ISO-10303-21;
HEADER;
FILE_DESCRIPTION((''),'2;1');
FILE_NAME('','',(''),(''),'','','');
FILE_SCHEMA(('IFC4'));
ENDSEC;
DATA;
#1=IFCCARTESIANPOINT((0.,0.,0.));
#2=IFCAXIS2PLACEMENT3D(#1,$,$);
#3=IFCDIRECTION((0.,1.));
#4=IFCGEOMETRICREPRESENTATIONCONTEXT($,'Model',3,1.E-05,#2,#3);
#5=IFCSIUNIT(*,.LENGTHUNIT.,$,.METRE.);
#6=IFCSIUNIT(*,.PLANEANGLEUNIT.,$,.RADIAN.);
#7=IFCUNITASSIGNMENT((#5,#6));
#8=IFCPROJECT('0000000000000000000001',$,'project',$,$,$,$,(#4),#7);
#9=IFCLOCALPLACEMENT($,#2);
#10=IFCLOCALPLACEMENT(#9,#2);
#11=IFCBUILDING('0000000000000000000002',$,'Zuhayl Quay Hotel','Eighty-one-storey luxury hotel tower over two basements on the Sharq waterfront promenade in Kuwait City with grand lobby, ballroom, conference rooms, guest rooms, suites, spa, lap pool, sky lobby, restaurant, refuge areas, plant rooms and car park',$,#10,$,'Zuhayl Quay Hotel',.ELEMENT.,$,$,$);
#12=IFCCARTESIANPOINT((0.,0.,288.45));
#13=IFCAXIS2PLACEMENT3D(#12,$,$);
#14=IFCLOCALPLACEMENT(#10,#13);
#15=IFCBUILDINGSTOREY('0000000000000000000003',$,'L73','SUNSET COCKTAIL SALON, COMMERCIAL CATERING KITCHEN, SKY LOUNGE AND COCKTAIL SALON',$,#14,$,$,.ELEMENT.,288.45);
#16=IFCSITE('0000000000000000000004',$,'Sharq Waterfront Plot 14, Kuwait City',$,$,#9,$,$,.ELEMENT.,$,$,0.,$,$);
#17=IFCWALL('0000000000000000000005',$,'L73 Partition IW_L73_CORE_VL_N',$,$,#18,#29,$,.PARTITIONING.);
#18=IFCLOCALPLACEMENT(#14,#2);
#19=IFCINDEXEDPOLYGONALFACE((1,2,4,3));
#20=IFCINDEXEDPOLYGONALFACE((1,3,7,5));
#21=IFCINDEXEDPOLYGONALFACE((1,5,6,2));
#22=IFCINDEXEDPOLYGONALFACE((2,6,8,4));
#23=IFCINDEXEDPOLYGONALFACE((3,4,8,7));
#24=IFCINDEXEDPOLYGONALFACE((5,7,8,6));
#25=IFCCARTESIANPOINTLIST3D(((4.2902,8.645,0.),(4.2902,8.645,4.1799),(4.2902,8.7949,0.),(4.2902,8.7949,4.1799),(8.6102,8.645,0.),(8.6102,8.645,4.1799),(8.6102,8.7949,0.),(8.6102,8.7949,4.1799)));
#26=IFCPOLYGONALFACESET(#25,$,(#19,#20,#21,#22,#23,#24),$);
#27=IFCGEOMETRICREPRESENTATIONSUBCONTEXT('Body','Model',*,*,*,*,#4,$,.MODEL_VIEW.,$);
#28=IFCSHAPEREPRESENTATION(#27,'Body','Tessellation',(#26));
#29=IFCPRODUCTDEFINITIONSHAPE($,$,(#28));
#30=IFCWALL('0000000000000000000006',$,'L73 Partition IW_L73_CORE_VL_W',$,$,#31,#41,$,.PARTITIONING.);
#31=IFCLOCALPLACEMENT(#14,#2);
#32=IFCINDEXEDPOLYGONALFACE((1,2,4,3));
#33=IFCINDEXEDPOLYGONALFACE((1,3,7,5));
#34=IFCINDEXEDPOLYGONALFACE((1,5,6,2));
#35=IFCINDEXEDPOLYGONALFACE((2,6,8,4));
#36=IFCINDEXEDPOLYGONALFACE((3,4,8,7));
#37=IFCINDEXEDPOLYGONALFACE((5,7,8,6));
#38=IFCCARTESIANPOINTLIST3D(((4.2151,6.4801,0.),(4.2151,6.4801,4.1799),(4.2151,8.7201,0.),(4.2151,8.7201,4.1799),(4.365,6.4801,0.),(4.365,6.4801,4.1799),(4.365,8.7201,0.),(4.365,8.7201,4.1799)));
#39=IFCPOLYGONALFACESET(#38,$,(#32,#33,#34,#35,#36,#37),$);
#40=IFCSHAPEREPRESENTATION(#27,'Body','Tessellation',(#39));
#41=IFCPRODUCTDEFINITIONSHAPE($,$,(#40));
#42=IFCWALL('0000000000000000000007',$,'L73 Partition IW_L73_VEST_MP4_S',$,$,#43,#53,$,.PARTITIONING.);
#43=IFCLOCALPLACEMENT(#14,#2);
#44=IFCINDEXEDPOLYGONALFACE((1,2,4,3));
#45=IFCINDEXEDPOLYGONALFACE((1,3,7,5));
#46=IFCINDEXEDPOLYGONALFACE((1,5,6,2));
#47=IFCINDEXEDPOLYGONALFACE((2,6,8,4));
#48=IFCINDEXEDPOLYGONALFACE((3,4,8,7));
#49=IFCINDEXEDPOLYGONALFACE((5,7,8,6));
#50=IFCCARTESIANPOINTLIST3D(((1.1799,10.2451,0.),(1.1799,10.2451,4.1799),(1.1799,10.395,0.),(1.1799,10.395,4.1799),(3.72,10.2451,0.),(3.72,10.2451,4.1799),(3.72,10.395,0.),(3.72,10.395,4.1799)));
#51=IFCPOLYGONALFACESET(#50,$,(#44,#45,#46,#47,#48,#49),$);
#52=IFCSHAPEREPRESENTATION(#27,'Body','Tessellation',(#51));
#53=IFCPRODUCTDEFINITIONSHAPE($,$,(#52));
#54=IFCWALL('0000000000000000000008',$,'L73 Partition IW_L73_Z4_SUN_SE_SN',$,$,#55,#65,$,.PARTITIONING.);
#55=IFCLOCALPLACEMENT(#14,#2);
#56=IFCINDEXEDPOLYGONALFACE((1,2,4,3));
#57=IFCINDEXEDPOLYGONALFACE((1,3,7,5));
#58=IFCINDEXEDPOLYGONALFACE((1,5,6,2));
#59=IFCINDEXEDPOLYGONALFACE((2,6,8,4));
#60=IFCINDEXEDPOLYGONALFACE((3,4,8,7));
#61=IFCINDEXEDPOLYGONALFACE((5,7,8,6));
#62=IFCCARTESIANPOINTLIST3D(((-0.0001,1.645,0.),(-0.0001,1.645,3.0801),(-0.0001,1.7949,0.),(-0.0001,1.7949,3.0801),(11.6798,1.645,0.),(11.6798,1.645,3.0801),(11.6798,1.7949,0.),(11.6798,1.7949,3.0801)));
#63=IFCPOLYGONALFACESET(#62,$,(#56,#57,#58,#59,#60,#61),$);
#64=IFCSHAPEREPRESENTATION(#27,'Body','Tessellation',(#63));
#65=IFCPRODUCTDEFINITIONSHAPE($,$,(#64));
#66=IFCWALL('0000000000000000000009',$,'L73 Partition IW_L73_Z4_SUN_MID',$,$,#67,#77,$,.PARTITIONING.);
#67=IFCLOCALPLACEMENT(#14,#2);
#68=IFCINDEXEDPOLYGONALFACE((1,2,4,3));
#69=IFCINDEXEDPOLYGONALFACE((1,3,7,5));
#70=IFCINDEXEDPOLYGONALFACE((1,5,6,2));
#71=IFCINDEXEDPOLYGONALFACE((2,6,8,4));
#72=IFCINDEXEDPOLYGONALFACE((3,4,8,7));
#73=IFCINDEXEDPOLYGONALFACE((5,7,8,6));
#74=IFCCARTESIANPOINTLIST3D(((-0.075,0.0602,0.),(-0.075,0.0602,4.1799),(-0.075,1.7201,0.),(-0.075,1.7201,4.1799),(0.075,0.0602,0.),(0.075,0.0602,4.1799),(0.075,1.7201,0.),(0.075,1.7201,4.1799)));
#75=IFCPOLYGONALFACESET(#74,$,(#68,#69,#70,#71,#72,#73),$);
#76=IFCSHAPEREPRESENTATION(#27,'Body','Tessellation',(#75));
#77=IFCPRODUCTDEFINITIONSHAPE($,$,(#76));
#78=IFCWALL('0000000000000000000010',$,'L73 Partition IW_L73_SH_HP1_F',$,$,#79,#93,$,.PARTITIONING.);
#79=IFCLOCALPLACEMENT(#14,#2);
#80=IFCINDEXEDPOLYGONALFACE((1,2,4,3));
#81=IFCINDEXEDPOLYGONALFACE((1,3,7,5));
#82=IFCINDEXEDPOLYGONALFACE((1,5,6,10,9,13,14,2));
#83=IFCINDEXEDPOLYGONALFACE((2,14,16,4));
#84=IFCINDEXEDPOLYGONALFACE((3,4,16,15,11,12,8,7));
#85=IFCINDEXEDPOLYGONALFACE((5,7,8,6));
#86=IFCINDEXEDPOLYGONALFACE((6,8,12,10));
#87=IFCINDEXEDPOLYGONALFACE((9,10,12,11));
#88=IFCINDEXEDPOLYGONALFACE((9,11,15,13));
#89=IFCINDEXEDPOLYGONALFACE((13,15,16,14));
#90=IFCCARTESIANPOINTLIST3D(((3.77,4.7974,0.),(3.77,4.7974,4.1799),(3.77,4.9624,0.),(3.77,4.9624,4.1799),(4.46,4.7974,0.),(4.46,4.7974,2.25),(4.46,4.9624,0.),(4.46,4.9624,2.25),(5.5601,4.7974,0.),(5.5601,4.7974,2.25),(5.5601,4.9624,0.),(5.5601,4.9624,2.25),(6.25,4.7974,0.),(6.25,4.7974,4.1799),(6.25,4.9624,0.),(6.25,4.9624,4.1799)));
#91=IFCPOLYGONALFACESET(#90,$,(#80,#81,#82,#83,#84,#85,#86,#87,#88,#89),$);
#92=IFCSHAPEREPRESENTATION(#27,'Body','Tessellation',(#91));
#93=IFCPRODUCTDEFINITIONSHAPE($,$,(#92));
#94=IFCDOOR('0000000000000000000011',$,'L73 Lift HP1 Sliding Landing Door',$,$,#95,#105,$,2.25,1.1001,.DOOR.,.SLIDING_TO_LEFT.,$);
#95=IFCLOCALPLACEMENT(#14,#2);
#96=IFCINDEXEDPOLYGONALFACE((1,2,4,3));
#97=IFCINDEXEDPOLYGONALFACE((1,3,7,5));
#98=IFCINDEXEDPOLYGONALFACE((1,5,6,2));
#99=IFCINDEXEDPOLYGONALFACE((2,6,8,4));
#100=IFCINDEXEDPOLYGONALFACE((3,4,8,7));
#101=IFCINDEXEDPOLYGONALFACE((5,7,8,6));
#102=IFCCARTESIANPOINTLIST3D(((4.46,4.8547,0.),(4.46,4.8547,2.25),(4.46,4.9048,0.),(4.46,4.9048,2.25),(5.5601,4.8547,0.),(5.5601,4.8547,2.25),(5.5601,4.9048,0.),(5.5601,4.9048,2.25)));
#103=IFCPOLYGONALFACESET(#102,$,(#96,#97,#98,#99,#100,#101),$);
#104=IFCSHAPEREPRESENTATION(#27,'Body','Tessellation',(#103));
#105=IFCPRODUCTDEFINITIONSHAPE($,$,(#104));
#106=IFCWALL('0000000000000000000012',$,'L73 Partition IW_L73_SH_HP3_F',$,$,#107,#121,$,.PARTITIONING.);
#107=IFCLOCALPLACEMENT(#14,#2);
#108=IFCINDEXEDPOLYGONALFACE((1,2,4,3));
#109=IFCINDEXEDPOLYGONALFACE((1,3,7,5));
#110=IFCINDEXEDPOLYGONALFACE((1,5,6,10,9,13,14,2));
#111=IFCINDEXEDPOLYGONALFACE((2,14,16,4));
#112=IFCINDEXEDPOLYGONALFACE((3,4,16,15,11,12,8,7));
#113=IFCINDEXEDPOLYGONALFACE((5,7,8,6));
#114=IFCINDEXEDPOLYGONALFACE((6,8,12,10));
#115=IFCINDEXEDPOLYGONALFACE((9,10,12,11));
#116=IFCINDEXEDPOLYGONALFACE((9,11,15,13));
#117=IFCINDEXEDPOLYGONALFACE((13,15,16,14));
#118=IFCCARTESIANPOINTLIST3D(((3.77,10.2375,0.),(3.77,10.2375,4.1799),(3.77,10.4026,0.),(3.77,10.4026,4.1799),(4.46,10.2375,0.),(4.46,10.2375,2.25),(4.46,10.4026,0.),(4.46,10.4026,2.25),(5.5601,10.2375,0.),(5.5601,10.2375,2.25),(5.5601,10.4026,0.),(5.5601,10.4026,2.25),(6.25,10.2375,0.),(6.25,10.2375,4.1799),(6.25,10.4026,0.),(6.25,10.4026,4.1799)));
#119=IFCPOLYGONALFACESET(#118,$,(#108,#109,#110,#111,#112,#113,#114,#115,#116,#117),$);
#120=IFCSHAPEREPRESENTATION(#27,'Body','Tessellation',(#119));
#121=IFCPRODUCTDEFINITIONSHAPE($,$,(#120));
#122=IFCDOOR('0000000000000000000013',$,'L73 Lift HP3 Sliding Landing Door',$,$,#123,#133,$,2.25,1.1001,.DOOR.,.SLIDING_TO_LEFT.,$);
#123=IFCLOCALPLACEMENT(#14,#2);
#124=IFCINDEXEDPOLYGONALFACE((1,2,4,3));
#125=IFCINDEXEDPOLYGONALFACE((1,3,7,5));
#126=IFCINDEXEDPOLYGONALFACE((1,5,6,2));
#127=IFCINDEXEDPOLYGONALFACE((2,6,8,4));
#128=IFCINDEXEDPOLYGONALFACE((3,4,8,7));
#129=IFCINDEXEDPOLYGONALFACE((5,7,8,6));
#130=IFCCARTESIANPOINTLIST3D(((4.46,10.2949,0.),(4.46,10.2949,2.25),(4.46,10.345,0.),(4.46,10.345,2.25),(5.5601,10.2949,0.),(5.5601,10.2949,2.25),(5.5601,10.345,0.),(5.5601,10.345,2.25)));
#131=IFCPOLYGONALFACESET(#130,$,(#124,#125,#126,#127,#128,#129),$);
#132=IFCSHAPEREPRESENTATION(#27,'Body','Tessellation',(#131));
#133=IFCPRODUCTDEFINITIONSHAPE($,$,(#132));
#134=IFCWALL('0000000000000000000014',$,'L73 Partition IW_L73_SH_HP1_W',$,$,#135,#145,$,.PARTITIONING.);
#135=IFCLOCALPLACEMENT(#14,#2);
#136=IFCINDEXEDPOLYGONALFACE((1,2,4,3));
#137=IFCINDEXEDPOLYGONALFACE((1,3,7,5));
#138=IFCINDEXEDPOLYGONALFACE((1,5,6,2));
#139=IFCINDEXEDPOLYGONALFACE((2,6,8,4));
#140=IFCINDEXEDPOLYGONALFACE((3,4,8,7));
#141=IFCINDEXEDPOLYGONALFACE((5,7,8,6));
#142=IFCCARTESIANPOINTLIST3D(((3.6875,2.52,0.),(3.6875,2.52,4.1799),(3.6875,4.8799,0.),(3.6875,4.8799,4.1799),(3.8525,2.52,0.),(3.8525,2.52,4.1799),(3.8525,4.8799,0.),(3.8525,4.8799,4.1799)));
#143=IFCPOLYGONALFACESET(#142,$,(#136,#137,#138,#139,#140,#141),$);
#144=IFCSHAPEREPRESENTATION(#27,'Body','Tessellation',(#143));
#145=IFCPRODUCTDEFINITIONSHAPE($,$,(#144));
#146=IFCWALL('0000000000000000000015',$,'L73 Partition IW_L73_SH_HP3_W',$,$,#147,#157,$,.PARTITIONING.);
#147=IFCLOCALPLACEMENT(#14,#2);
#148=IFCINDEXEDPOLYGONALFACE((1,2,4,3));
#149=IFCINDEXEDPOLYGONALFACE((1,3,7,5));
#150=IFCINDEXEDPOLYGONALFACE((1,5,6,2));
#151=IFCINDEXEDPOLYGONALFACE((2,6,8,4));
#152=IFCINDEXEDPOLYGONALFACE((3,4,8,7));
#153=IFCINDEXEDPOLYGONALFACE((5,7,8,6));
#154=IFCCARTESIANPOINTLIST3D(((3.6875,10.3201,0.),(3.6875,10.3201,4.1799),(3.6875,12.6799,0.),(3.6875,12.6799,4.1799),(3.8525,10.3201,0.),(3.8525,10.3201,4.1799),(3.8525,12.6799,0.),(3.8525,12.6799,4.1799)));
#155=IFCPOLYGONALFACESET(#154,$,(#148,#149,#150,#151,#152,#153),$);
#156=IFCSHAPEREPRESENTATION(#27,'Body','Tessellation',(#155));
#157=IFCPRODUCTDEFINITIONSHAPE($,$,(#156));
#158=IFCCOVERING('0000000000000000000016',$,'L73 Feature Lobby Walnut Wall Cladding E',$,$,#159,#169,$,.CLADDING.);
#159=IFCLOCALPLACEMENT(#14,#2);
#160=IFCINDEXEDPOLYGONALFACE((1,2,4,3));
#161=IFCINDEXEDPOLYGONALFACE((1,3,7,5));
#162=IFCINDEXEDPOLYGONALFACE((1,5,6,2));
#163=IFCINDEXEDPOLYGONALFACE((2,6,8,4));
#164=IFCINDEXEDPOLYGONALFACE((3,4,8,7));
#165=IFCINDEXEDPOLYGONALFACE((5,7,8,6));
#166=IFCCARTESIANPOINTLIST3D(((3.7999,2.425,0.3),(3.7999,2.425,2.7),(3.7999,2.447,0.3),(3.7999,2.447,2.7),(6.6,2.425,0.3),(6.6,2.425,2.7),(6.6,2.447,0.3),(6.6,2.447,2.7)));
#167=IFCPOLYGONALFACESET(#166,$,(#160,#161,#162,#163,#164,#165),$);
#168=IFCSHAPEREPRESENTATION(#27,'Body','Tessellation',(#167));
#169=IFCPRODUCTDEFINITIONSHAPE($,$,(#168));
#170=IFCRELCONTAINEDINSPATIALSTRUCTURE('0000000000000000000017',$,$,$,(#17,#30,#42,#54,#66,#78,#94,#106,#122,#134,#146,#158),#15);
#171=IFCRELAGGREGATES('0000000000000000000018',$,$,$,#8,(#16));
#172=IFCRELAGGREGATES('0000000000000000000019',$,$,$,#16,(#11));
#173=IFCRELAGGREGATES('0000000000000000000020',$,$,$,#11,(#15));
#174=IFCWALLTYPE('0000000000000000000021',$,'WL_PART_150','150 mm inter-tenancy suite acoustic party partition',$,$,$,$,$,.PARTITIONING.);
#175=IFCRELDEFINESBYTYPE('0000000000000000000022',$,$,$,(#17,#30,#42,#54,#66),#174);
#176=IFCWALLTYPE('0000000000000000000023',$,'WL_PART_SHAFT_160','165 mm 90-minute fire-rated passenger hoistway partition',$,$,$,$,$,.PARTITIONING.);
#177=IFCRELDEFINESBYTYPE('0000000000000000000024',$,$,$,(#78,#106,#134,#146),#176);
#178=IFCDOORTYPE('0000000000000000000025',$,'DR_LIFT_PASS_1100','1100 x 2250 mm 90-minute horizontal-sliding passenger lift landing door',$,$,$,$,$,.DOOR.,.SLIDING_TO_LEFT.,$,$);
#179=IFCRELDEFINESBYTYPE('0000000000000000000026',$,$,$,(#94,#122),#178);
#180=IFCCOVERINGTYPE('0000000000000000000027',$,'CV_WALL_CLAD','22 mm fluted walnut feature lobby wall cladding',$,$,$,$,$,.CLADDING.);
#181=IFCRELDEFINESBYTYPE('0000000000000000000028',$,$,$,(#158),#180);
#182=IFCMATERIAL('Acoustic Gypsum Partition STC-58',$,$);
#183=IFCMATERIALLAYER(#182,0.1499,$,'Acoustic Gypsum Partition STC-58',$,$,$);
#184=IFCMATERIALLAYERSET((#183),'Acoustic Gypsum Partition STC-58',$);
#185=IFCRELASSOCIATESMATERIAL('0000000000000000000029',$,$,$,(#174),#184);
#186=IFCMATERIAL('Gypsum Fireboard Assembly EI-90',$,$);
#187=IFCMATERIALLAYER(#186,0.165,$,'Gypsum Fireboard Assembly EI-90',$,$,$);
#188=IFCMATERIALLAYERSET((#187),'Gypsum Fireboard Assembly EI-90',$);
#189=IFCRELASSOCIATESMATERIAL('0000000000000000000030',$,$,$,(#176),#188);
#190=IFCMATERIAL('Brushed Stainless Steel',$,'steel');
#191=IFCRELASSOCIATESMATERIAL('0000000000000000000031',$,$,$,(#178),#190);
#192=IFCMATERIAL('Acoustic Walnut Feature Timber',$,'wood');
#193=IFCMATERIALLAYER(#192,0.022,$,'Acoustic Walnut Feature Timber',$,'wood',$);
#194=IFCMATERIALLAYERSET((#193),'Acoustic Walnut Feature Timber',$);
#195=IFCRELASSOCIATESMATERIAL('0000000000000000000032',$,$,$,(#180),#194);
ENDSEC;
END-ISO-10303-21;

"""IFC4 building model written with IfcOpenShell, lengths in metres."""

from ifc_helpers import new_model, si_unit, direction, frame, frame_2d, origin, origin_2d, place, context, subcontext, project, spatial, rectangle, extrude, material, layer, layer_set, type_object, element, fill, save


model = new_model("IFC4")

# Units and contexts
model_context = context("Model", 3, precision=1e-05, world=origin(), true_north=direction((0.0, 1.0)))
body_context = subcontext(model_context, "Body", "Model", "MODEL_VIEW")
ifc_project = project(units=[si_unit("LENGTHUNIT", "METRE"), si_unit("PLANEANGLEUNIT", "RADIAN")], contexts=[model_context])

# Site, building, storey
site_placement = place(None, origin())
site = spatial("IfcSite", under=ifc_project, at=site_placement, Name="Sharq Waterfront Plot 14, Kuwait City", CompositionType="ELEMENT", RefElevation=0.0)
building_placement = place(site_placement, origin())
building = spatial("IfcBuilding", under=site, at=building_placement, Name="Zuhayl Quay Hotel", Description="Eighty-one-storey luxury hotel tower over two basements on the Sharq waterfront promenade in Kuwait City with grand lobby, ballroom, conference rooms, guest rooms, suites, spa, lap pool, sky lobby, restaurant, refuge areas, plant rooms and car park", LongName="Zuhayl Quay Hotel", CompositionType="ELEMENT")
storey_placement = place(building_placement, frame((0.0, 0.0, 288.45)))
storey = spatial("IfcBuildingStorey", under=building, at=storey_placement, Name="L73", Description="SUNSET COCKTAIL SALON, COMMERCIAL CATERING KITCHEN, SKY LOUNGE AND COCKTAIL SALON", CompositionType="ELEMENT", Elevation=288.45)

# Shared definitions
ifc_material_1 = material(Name="Acoustic Gypsum Partition STC-58")
ifc_layer_1 = layer(ifc_material_1, 0.1499, Name="Acoustic Gypsum Partition STC-58")
ifc_layer_set_1 = layer_set([ifc_layer_1], Name="Acoustic Gypsum Partition STC-58")
wall_type_1 = type_object("IfcWallType", Name="WL_PART_150", Description="150 mm inter-tenancy suite acoustic party partition", PredefinedType="PARTITIONING", material=ifc_layer_set_1)

# Walls
wall_1_placement = place(storey_placement, frame((4.29, 8.72, 0.0), z_axis=(0.0, 0.0, 1.0), x_axis=(1.0, 0.0, 0.0)))
element("IfcWall", 1, at=wall_1_placement, inside=storey, type_object=wall_type_1, Name="L73 Partition IW_L73_CORE_VL_N", PredefinedType="PARTITIONING", context=body_context, shape_type="SweptSolid", body=[
    extrude(rectangle(XDim=4.3201, YDim=0.1499, at=frame_2d((2.1602, 0.0))), origin(), (0.0, 0.0, 1.0), 4.1799),
])
wall_2_placement = place(storey_placement, frame((4.29, 6.48, 0.0), z_axis=(0.0, 0.0, 1.0), x_axis=(0.0, 1.0, 0.0)))
element("IfcWall", 2, at=wall_2_placement, inside=storey, type_object=wall_type_1, Name="L73 Partition IW_L73_CORE_VL_W", PredefinedType="PARTITIONING", context=body_context, shape_type="SweptSolid", body=[
    extrude(rectangle(XDim=2.24, YDim=0.1499, at=frame_2d((1.1201, 0.0))), origin(), (0.0, 0.0, 1.0), 4.1799),
])
wall_3_placement = place(storey_placement, frame((1.1799, 10.3201, 0.0), z_axis=(0.0, 0.0, 1.0), x_axis=(1.0, 0.0, 0.0)))
element("IfcWall", 3, at=wall_3_placement, inside=storey, type_object=wall_type_1, Name="L73 Partition IW_L73_VEST_MP4_S", PredefinedType="PARTITIONING", context=body_context, shape_type="SweptSolid", body=[
    extrude(rectangle(XDim=2.54, YDim=0.1499, at=frame_2d((1.27, 0.0))), origin(), (0.0, 0.0, 1.0), 4.1799),
])
wall_4_placement = place(storey_placement, frame((0.0, 1.72, 0.0), z_axis=(0.0, 0.0, 1.0), x_axis=(1.0, 0.0, 0.0)))
element("IfcWall", 4, at=wall_4_placement, inside=storey, type_object=wall_type_1, Name="L73 Partition IW_L73_Z4_SUN_SE_SN", PredefinedType="PARTITIONING", context=body_context, shape_type="SweptSolid", body=[
    extrude(rectangle(XDim=11.6799, YDim=0.1499, at=frame_2d((5.8398, 0.0))), origin(), (0.0, 0.0, 1.0), 3.0801),
])
wall_5_placement = place(storey_placement, frame((0.0, 0.0601, 0.0), z_axis=(0.0, 0.0, 1.0), x_axis=(0.0, 1.0, 0.0)))
element("IfcWall", 5, at=wall_5_placement, inside=storey, type_object=wall_type_1, Name="L73 Partition IW_L73_Z4_SUN_MID", PredefinedType="PARTITIONING", context=body_context, shape_type="SweptSolid", body=[
    extrude(rectangle(XDim=1.6599, YDim=0.1499, at=frame_2d((0.8301, 0.0))), origin(), (0.0, 0.0, 1.0), 4.1799),
])

# Walls, openings, doors
ifc_material_2 = material(Name="Gypsum Fireboard Assembly EI-90")
ifc_layer_2 = layer(ifc_material_2, 0.165, Name="Gypsum Fireboard Assembly EI-90")
ifc_layer_set_2 = layer_set([ifc_layer_2], Name="Gypsum Fireboard Assembly EI-90")
wall_type_2 = type_object("IfcWallType", Name="WL_PART_SHAFT_160", Description="165 mm 90-minute fire-rated passenger hoistway partition", PredefinedType="PARTITIONING", material=ifc_layer_set_2)
wall_6_placement = place(storey_placement, frame((3.77, 4.8799, 0.0), z_axis=(0.0, 0.0, 1.0), x_axis=(1.0, 0.0, 0.0)))
wall_6 = element("IfcWall", 6, at=wall_6_placement, inside=storey, type_object=wall_type_2, Name="L73 Partition IW_L73_SH_HP1_F", PredefinedType="PARTITIONING", context=body_context, shape_type="SweptSolid", body=[
    extrude(rectangle(XDim=2.48, YDim=0.165, at=frame_2d((1.24, 0.0))), origin(), (0.0, 0.0, 1.0), 4.1799),
])
opening_1_placement = place(wall_6_placement, frame((0.6899, 0.0, 0.0)))
opening_1 = element("IfcOpeningElement", 7, at=opening_1_placement, cuts=wall_6, PredefinedType="OPENING", context=body_context, shape_type="SweptSolid", body=[
    extrude(rectangle(XDim=1.1001, YDim=2.25, at=frame_2d((0.55, 1.125))), frame((0.0, 0.0925, 0.0), z_axis=(0.0, -1.0, 0.0), x_axis=(1.0, 0.0, 0.0)), (0.0, 0.0, 1.0), 0.1851),
])
ifc_material_3 = material(Name="Brushed Stainless Steel", Category="steel")
door_type_1 = type_object("IfcDoorType", Name="DR_LIFT_PASS_1100", Description="1100 x 2250 mm 90-minute horizontal-sliding passenger lift landing door", OperationType="SLIDING_TO_LEFT", PredefinedType="DOOR", material=ifc_material_3)
door_1_placement = place(opening_1_placement, origin())
door_1 = element("IfcDoor", 8, at=door_1_placement, inside=storey, type_object=door_type_1, Name="L73 Lift HP1 Sliding Landing Door", OperationType="SLIDING_TO_LEFT", OverallHeight=2.25, OverallWidth=1.1001, PredefinedType="DOOR", context=body_context, shape_type="SweptSolid", body=[
    extrude(rectangle(XDim=1.1001, YDim=2.25, at=frame_2d((0.55, 1.125))), frame((0.0, 0.0249, 0.0), z_axis=(0.0, -1.0, 0.0), x_axis=(1.0, 0.0, 0.0)), (0.0, 0.0, 1.0), 0.05),
])
fill(opening_1, door_1)
wall_7_placement = place(storey_placement, frame((3.77, 10.3201, 0.0), z_axis=(0.0, 0.0, 1.0), x_axis=(1.0, 0.0, 0.0)))
wall_7 = element("IfcWall", 9, at=wall_7_placement, inside=storey, type_object=wall_type_2, Name="L73 Partition IW_L73_SH_HP3_F", PredefinedType="PARTITIONING", context=body_context, shape_type="SweptSolid", body=[
    extrude(rectangle(XDim=2.48, YDim=0.165, at=frame_2d((1.24, 0.0))), origin(), (0.0, 0.0, 1.0), 4.1799),
])
opening_2_placement = place(wall_7_placement, frame((0.6899, 0.0, 0.0)))
opening_2 = element("IfcOpeningElement", 10, at=opening_2_placement, cuts=wall_7, PredefinedType="OPENING", context=body_context, shape_type="SweptSolid", body=[
    extrude(rectangle(XDim=1.1001, YDim=2.25, at=frame_2d((0.55, 1.125))), frame((0.0, 0.0925, 0.0), z_axis=(0.0, -1.0, 0.0), x_axis=(1.0, 0.0, 0.0)), (0.0, 0.0, 1.0), 0.1851),
])
door_2_placement = place(opening_2_placement, origin())
door_2 = element("IfcDoor", 11, at=door_2_placement, inside=storey, type_object=door_type_1, Name="L73 Lift HP3 Sliding Landing Door", OperationType="SLIDING_TO_LEFT", OverallHeight=2.25, OverallWidth=1.1001, PredefinedType="DOOR", context=body_context, shape_type="SweptSolid", body=[
    extrude(rectangle(XDim=1.1001, YDim=2.25, at=frame_2d((0.55, 1.125))), frame((0.0, 0.0249, 0.0), z_axis=(0.0, -1.0, 0.0), x_axis=(1.0, 0.0, 0.0)), (0.0, 0.0, 1.0), 0.05),
])
fill(opening_2, door_2)

# Walls
for number, where, z_axis, x_axis, name in (
    (12, (3.77, 2.52, 0.0), (0.0, 0.0, 1.0), (0.0, 1.0, 0.0), "L73 Partition IW_L73_SH_HP1_W"),
    (13, (3.77, 10.3201, 0.0), (0.0, 0.0, 1.0), (0.0, 1.0, 0.0), "L73 Partition IW_L73_SH_HP3_W"),
):
    element("IfcWall", number, at=place(storey_placement, frame(where, z_axis=z_axis, x_axis=x_axis)), inside=storey, type_object=wall_type_2, Name=name, PredefinedType="PARTITIONING", context=body_context, shape_type="SweptSolid", body=[
        extrude(rectangle(XDim=2.3599, YDim=0.165, at=frame_2d((1.1799, 0.0))), origin(), (0.0, 0.0, 1.0), 4.1799),
    ])

# Covering
ifc_material_4 = material(Name="Acoustic Walnut Feature Timber", Category="wood")
ifc_layer_3 = layer(ifc_material_4, 0.022, Name="Acoustic Walnut Feature Timber", Category="wood")
ifc_layer_set_3 = layer_set([ifc_layer_3], Name="Acoustic Walnut Feature Timber")
covering_type = type_object("IfcCoveringType", Name="CV_WALL_CLAD", Description="22 mm fluted walnut feature lobby wall cladding", PredefinedType="CLADDING", material=ifc_layer_set_3)
covering_placement = place(storey_placement, frame((5.2, 2.436, 0.3), z_axis=(0.0, 0.0, 1.0), x_axis=(1.0, 0.0, 0.0)))
element("IfcCovering", 14, at=covering_placement, inside=storey, type_object=covering_type, Name="L73 Feature Lobby Walnut Wall Cladding E", PredefinedType="CLADDING", context=body_context, shape_type="SweptSolid", body=[
    extrude(rectangle(XDim=2.8, YDim=0.022, at=origin_2d()), origin(), (0.0, 0.0, 1.0), 2.3999),
])

save(model, "model.ifc")
